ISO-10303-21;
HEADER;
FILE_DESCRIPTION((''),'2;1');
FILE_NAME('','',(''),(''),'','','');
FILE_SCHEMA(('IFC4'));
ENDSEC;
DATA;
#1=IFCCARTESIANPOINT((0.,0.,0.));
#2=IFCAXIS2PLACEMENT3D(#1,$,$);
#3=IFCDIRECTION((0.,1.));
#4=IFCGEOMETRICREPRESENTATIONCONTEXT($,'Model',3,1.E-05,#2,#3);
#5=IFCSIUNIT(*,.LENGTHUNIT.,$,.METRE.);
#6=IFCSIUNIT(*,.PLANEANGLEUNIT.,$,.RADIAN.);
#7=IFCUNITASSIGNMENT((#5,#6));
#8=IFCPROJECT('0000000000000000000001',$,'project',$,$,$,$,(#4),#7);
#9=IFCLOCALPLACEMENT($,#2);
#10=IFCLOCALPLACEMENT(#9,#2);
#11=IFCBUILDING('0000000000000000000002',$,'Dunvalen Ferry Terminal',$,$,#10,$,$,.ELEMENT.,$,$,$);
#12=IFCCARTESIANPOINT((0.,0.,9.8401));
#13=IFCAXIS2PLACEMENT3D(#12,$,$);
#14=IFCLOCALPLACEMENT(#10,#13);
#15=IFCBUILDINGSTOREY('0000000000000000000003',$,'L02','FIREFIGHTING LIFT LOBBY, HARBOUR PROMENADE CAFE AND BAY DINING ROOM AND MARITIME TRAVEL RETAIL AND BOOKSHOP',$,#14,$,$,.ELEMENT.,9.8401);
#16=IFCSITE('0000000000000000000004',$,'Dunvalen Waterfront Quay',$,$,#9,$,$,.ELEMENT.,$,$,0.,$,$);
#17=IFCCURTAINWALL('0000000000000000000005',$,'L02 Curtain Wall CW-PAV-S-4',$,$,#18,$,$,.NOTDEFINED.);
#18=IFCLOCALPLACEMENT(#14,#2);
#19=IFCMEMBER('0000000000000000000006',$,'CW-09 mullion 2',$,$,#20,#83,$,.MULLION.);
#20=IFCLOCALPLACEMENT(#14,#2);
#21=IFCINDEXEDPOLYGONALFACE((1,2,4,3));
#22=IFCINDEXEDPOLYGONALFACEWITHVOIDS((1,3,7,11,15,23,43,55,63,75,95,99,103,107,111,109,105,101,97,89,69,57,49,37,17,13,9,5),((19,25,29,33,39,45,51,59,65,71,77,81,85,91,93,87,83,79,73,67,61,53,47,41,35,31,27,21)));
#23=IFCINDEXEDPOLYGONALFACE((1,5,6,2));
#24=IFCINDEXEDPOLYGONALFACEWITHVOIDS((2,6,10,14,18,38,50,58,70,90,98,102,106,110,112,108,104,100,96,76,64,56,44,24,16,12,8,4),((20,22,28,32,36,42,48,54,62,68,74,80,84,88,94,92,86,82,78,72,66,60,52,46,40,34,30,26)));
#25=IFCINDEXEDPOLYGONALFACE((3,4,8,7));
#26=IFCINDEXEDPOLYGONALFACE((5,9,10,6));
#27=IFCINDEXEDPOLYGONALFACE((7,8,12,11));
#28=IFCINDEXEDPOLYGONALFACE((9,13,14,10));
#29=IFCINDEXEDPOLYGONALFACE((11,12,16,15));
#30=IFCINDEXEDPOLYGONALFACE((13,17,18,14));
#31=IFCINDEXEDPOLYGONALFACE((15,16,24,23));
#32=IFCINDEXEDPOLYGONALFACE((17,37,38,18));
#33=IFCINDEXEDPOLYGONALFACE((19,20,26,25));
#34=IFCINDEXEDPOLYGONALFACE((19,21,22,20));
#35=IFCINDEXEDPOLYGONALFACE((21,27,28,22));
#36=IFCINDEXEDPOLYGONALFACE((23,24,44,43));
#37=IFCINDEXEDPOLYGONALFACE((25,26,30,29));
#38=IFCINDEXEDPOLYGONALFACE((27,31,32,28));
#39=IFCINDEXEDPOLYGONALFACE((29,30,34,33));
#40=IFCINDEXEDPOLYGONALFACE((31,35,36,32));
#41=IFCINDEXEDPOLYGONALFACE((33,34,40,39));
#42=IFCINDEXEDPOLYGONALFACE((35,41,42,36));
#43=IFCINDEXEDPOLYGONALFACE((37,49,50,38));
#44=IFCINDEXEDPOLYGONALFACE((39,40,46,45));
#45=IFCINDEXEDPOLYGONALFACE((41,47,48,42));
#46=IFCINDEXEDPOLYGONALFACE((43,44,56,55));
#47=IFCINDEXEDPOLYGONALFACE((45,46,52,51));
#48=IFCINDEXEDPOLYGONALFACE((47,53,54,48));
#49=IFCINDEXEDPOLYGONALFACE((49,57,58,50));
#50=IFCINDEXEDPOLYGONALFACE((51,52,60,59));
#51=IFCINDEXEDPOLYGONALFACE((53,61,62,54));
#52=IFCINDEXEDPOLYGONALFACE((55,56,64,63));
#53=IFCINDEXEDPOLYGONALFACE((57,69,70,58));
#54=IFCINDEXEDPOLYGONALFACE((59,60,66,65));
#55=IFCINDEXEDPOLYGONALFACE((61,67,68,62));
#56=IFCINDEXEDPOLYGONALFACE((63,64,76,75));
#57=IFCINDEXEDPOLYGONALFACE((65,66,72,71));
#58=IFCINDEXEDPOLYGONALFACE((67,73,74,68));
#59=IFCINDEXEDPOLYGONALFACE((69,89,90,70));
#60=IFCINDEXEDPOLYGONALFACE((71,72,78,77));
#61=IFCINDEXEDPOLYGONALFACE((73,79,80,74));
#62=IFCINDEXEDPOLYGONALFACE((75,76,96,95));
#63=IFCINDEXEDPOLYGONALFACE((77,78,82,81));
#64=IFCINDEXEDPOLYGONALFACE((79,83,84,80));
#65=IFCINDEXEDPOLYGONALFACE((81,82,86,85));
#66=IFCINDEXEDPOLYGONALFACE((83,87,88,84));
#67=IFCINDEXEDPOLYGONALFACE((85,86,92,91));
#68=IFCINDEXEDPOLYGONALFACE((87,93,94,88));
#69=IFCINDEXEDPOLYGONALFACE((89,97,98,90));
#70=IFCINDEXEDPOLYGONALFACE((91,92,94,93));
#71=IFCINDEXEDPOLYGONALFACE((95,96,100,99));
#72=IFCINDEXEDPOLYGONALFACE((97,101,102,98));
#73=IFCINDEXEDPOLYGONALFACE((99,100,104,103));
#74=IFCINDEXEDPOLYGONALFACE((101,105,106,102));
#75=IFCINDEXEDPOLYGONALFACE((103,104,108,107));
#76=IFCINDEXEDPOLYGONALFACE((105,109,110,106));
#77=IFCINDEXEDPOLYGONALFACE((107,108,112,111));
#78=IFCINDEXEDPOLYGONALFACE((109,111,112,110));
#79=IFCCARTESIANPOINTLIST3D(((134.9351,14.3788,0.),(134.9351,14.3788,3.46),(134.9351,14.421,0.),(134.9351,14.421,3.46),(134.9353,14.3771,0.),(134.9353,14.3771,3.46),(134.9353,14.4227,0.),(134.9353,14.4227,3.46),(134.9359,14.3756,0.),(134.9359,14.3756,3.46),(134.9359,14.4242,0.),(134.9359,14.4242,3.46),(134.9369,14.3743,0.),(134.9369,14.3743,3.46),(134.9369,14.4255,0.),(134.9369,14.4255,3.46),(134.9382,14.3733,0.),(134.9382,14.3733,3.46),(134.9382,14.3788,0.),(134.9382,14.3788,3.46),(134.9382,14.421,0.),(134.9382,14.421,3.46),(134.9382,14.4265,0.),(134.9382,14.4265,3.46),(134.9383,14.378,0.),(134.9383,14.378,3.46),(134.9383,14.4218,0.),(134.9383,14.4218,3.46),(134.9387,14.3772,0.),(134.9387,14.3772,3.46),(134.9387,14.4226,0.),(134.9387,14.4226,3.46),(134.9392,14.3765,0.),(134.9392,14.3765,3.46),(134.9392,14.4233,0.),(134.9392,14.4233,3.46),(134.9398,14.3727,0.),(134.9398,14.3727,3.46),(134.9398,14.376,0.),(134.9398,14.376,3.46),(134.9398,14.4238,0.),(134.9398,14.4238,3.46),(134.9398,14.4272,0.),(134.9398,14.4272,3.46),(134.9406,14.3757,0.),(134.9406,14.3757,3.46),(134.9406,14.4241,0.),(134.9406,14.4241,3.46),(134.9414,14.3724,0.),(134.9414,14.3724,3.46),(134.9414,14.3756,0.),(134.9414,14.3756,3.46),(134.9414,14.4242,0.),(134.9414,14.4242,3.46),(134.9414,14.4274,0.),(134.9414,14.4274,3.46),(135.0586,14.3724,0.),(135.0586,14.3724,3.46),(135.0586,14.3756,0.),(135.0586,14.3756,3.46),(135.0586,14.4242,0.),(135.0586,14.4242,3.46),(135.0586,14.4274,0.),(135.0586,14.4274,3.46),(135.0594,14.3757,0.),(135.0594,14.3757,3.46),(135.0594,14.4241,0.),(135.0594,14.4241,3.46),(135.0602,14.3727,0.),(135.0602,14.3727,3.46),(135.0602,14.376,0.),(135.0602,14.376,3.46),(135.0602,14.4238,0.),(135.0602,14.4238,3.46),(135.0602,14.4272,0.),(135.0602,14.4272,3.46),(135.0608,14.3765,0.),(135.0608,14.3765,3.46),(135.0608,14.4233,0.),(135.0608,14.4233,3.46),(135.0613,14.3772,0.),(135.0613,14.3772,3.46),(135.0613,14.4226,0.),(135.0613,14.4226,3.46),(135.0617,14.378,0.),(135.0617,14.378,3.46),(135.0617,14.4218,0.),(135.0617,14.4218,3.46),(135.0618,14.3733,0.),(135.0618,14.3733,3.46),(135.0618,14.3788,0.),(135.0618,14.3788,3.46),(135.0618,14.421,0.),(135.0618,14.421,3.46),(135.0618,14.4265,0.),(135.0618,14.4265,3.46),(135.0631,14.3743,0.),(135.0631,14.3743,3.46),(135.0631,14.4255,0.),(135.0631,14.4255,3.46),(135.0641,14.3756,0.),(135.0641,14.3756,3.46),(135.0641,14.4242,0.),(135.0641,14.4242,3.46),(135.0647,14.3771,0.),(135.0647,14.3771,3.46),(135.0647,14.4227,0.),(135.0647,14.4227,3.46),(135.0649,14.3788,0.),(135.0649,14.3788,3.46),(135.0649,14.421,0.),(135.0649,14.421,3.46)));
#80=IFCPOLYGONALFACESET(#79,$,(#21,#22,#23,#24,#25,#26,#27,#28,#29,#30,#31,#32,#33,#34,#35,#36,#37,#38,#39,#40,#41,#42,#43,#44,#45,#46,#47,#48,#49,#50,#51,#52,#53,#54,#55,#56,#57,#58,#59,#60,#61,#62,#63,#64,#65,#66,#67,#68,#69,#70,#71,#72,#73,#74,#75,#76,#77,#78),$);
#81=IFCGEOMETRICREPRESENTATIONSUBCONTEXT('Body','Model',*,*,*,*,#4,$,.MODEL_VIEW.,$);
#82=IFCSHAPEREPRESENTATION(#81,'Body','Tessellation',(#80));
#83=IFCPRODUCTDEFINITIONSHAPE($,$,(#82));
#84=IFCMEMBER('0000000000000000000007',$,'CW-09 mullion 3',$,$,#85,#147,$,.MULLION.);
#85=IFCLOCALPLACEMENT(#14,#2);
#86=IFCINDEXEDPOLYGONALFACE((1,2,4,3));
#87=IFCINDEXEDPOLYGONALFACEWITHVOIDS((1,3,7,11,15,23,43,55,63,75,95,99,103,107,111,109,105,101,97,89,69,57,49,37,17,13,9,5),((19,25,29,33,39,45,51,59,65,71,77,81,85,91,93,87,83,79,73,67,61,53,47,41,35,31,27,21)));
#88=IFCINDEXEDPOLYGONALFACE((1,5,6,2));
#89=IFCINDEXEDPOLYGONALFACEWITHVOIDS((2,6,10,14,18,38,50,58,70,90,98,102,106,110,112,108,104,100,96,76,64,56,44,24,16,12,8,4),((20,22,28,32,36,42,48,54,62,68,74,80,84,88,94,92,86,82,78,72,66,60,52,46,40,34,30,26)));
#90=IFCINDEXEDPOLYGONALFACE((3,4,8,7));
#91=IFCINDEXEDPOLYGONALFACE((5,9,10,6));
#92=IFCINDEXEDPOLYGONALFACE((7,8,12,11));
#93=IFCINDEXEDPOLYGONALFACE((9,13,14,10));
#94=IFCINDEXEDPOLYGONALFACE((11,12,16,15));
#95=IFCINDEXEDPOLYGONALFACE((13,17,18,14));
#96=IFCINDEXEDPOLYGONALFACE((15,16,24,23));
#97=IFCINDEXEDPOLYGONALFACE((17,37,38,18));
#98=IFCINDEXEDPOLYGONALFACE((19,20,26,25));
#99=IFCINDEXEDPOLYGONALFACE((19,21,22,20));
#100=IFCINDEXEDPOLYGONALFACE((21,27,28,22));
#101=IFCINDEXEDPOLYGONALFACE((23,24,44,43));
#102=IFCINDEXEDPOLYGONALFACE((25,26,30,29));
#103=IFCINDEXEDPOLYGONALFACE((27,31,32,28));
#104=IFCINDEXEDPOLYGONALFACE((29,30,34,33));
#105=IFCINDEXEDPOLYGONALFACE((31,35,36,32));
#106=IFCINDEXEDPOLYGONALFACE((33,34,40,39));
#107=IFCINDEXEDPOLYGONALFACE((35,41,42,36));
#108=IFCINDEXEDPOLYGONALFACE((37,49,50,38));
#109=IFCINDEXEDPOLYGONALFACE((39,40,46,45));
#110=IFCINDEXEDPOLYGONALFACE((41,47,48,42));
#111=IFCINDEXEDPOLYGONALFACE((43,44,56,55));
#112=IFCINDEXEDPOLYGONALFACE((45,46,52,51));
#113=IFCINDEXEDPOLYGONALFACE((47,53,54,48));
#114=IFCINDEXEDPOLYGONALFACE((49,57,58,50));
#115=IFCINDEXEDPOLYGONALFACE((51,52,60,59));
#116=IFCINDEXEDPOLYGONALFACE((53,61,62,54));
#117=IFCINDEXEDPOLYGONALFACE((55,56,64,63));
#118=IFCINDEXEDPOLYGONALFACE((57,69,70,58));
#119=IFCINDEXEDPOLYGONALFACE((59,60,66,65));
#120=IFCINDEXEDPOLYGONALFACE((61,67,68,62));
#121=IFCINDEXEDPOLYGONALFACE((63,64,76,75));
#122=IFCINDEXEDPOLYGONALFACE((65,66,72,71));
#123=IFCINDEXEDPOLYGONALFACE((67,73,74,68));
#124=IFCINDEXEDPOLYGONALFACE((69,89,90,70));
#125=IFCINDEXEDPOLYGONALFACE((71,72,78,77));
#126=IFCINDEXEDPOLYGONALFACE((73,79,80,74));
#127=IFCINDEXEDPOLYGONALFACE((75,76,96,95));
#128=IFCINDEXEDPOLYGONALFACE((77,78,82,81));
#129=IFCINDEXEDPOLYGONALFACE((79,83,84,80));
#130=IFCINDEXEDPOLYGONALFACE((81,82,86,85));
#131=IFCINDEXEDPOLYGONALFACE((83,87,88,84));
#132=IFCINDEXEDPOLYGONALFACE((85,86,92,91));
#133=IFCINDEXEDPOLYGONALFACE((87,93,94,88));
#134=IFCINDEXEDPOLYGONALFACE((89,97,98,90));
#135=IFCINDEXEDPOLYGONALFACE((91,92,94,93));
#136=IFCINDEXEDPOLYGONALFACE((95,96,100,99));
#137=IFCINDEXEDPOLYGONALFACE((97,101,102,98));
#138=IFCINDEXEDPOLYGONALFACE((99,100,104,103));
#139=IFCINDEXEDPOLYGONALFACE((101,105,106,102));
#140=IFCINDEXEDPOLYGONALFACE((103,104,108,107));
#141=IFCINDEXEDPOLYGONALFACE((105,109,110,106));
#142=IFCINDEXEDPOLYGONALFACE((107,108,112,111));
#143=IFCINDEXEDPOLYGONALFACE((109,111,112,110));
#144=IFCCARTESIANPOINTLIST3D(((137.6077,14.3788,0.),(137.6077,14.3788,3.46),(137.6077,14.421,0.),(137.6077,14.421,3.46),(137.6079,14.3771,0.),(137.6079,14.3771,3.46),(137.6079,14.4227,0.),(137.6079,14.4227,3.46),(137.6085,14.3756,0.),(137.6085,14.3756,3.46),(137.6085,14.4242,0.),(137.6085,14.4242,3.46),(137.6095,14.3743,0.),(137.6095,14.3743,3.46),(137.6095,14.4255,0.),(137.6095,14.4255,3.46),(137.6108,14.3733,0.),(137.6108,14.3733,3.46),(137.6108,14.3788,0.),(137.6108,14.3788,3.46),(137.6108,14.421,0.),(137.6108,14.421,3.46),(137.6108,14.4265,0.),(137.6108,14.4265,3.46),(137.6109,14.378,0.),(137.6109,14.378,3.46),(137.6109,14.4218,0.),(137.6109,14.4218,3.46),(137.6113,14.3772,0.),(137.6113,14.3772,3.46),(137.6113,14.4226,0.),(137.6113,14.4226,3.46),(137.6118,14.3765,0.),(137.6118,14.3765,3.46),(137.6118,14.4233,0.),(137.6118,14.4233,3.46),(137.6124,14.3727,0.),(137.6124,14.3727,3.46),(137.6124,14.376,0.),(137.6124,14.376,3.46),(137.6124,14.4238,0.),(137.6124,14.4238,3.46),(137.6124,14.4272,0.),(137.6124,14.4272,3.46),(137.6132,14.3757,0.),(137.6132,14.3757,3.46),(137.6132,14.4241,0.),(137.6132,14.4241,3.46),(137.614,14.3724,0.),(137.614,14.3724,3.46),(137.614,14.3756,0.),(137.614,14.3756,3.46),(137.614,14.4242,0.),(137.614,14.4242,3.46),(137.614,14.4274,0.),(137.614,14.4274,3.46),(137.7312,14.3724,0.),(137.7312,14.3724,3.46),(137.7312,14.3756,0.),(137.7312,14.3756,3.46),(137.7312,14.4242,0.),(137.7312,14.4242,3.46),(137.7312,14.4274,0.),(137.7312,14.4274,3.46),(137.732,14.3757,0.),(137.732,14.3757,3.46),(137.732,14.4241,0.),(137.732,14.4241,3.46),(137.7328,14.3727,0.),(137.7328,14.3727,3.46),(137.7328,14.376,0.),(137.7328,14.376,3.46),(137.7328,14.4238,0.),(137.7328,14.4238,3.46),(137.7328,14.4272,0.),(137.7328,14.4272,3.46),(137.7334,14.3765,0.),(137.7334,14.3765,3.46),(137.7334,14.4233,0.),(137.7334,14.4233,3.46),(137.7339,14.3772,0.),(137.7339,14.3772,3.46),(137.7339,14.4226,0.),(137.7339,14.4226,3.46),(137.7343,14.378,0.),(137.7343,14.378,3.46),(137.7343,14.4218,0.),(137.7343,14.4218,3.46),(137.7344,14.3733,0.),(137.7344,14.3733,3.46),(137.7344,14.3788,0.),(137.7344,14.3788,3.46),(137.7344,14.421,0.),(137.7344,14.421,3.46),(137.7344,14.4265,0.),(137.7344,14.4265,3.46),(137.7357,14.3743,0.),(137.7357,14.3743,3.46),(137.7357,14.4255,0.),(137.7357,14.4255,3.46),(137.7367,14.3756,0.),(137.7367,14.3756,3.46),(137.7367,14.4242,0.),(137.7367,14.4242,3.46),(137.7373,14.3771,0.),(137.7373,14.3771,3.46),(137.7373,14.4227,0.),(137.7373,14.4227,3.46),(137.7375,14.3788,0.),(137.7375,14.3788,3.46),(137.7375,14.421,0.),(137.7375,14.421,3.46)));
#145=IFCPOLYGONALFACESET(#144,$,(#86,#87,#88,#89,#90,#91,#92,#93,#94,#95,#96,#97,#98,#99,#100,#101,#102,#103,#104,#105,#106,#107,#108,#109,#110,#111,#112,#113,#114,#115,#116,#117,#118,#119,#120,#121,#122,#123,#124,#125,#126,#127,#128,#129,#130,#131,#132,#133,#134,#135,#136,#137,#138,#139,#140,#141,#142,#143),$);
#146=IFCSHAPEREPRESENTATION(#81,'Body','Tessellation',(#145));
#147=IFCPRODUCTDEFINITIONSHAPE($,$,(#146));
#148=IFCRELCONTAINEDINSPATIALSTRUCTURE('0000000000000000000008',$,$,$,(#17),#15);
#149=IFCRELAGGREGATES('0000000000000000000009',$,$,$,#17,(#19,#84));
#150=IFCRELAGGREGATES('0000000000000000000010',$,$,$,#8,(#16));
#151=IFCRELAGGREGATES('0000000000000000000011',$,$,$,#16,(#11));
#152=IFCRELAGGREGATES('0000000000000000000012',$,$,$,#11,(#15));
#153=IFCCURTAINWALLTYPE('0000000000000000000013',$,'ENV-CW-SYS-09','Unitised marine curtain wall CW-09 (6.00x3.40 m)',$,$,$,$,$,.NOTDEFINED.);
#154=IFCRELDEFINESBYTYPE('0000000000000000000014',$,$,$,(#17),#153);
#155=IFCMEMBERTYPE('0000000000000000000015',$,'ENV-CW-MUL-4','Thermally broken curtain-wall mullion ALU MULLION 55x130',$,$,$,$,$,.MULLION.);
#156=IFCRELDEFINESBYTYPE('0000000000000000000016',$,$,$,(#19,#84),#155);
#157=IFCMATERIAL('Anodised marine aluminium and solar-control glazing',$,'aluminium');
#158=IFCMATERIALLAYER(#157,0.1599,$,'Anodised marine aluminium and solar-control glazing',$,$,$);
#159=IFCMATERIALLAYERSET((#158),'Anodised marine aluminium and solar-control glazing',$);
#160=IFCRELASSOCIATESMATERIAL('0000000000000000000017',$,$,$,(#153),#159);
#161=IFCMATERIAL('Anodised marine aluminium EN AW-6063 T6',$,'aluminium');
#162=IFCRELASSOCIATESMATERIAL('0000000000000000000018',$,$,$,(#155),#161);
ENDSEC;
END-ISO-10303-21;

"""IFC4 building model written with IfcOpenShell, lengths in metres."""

from ifc_helpers import new_model, si_unit, direction, frame, origin, origin_2d, place, context, subcontext, project, spatial, hollow_rectangle, extrude, material, layer, layer_set, material_profile, profile_set, type_object, element, aggregate, save


model = new_model("IFC4")

# Units and contexts
model_context = context("Model", 3, precision=1e-05, world=origin(), true_north=direction((0.0, 1.0)))
body_context = subcontext(model_context, "Body", "Model", "MODEL_VIEW")
ifc_project = project(units=[si_unit("LENGTHUNIT", "METRE"), si_unit("PLANEANGLEUNIT", "RADIAN")], contexts=[model_context])

# Site, building, storey
site_placement = place(None, origin())
site = spatial("IfcSite", under=ifc_project, at=site_placement, Name="Dunvalen Waterfront Quay", CompositionType="ELEMENT", RefElevation=0.0)
building_placement = place(site_placement, origin())
building = spatial("IfcBuilding", under=site, at=building_placement, Name="Dunvalen Ferry Terminal", CompositionType="ELEMENT")
storey_placement = place(building_placement, frame((0.0, 0.0, 9.8401)))
storey = spatial("IfcBuildingStorey", under=building, at=storey_placement, Name="L02", Description="FIREFIGHTING LIFT LOBBY, HARBOUR PROMENADE CAFE AND BAY DINING ROOM AND MARITIME TRAVEL RETAIL AND BOOKSHOP", CompositionType="ELEMENT", Elevation=9.8401)

# Curtain wall, members
ifc_material_1 = material(Name="Anodised marine aluminium and solar-control glazing", Category="aluminium")
ifc_layer_1 = layer(ifc_material_1, 0.1599, Name="Anodised marine aluminium and solar-control glazing")
ifc_layer_set_1 = layer_set([ifc_layer_1], Name="Anodised marine aluminium and solar-control glazing")
curtain_wall_type = type_object("IfcCurtainWallType", Name="ENV-CW-SYS-09", Description="Unitised marine curtain wall CW-09 (6.00x3.40 m)", PredefinedType="NOTDEFINED", material=ifc_layer_set_1)
curtain_wall_placement = place(storey_placement, origin())
curtain_wall = element("IfcCurtainWall", 1, at=curtain_wall_placement, inside=storey, type_object=curtain_wall_type, Name="L02 Curtain Wall CW-PAV-S-4", PredefinedType="NOTDEFINED")
ifc_material_2 = material(Name="Anodised marine aluminium EN AW-6063 T6", Category="aluminium")
ifc_material_profile_1 = material_profile(ifc_material_2, hollow_rectangle(XDim=0.0549, YDim=0.1299, WallThickness=0.0032, InnerFilletRadius=0.0032, OuterFilletRadius=0.0063, at=origin_2d()), Name="Anodised marine aluminium EN AW-6063 T6")
ifc_profile_set_1 = profile_set([ifc_material_profile_1], Name="Anodised marine aluminium EN AW-6063 T6")
member_type_1 = type_object("IfcMemberType", Name="ENV-CW-MUL-4", Description="Thermally broken curtain-wall mullion ALU MULLION 55x130", PredefinedType="MULLION", material=ifc_profile_set_1)
member_1_placement = place(storey_placement, frame((135.0, 14.3999, 0.0), z_axis=(0.0, 0.0, 1.0), x_axis=(0.0, 1.0, 0.0)))
member_1 = element("IfcMember", 2, at=member_1_placement, type_object=member_type_1, Name="CW-09 mullion 2", PredefinedType="MULLION", context=body_context, shape_type="SweptSolid", body=[
    extrude(hollow_rectangle(XDim=0.0549, YDim=0.1299, WallThickness=0.0032, InnerFilletRadius=0.0032, OuterFilletRadius=0.0063, at=origin_2d()), origin(), (0.0, 0.0, 1.0), 3.46),
])
member_2_placement = place(storey_placement, frame((137.6726, 14.3999, 0.0), z_axis=(0.0, 0.0, 1.0), x_axis=(0.0, 1.0, 0.0)))
member_2 = element("IfcMember", 3, at=member_2_placement, type_object=member_type_1, Name="CW-09 mullion 3", PredefinedType="MULLION", context=body_context, shape_type="SweptSolid", body=[
    extrude(hollow_rectangle(XDim=0.0549, YDim=0.1299, WallThickness=0.0032, InnerFilletRadius=0.0032, OuterFilletRadius=0.0063, at=origin_2d()), origin(), (0.0, 0.0, 1.0), 3.46),
])

aggregate(curtain_wall, [member_1, member_2])

save(model, "model.ifc")
